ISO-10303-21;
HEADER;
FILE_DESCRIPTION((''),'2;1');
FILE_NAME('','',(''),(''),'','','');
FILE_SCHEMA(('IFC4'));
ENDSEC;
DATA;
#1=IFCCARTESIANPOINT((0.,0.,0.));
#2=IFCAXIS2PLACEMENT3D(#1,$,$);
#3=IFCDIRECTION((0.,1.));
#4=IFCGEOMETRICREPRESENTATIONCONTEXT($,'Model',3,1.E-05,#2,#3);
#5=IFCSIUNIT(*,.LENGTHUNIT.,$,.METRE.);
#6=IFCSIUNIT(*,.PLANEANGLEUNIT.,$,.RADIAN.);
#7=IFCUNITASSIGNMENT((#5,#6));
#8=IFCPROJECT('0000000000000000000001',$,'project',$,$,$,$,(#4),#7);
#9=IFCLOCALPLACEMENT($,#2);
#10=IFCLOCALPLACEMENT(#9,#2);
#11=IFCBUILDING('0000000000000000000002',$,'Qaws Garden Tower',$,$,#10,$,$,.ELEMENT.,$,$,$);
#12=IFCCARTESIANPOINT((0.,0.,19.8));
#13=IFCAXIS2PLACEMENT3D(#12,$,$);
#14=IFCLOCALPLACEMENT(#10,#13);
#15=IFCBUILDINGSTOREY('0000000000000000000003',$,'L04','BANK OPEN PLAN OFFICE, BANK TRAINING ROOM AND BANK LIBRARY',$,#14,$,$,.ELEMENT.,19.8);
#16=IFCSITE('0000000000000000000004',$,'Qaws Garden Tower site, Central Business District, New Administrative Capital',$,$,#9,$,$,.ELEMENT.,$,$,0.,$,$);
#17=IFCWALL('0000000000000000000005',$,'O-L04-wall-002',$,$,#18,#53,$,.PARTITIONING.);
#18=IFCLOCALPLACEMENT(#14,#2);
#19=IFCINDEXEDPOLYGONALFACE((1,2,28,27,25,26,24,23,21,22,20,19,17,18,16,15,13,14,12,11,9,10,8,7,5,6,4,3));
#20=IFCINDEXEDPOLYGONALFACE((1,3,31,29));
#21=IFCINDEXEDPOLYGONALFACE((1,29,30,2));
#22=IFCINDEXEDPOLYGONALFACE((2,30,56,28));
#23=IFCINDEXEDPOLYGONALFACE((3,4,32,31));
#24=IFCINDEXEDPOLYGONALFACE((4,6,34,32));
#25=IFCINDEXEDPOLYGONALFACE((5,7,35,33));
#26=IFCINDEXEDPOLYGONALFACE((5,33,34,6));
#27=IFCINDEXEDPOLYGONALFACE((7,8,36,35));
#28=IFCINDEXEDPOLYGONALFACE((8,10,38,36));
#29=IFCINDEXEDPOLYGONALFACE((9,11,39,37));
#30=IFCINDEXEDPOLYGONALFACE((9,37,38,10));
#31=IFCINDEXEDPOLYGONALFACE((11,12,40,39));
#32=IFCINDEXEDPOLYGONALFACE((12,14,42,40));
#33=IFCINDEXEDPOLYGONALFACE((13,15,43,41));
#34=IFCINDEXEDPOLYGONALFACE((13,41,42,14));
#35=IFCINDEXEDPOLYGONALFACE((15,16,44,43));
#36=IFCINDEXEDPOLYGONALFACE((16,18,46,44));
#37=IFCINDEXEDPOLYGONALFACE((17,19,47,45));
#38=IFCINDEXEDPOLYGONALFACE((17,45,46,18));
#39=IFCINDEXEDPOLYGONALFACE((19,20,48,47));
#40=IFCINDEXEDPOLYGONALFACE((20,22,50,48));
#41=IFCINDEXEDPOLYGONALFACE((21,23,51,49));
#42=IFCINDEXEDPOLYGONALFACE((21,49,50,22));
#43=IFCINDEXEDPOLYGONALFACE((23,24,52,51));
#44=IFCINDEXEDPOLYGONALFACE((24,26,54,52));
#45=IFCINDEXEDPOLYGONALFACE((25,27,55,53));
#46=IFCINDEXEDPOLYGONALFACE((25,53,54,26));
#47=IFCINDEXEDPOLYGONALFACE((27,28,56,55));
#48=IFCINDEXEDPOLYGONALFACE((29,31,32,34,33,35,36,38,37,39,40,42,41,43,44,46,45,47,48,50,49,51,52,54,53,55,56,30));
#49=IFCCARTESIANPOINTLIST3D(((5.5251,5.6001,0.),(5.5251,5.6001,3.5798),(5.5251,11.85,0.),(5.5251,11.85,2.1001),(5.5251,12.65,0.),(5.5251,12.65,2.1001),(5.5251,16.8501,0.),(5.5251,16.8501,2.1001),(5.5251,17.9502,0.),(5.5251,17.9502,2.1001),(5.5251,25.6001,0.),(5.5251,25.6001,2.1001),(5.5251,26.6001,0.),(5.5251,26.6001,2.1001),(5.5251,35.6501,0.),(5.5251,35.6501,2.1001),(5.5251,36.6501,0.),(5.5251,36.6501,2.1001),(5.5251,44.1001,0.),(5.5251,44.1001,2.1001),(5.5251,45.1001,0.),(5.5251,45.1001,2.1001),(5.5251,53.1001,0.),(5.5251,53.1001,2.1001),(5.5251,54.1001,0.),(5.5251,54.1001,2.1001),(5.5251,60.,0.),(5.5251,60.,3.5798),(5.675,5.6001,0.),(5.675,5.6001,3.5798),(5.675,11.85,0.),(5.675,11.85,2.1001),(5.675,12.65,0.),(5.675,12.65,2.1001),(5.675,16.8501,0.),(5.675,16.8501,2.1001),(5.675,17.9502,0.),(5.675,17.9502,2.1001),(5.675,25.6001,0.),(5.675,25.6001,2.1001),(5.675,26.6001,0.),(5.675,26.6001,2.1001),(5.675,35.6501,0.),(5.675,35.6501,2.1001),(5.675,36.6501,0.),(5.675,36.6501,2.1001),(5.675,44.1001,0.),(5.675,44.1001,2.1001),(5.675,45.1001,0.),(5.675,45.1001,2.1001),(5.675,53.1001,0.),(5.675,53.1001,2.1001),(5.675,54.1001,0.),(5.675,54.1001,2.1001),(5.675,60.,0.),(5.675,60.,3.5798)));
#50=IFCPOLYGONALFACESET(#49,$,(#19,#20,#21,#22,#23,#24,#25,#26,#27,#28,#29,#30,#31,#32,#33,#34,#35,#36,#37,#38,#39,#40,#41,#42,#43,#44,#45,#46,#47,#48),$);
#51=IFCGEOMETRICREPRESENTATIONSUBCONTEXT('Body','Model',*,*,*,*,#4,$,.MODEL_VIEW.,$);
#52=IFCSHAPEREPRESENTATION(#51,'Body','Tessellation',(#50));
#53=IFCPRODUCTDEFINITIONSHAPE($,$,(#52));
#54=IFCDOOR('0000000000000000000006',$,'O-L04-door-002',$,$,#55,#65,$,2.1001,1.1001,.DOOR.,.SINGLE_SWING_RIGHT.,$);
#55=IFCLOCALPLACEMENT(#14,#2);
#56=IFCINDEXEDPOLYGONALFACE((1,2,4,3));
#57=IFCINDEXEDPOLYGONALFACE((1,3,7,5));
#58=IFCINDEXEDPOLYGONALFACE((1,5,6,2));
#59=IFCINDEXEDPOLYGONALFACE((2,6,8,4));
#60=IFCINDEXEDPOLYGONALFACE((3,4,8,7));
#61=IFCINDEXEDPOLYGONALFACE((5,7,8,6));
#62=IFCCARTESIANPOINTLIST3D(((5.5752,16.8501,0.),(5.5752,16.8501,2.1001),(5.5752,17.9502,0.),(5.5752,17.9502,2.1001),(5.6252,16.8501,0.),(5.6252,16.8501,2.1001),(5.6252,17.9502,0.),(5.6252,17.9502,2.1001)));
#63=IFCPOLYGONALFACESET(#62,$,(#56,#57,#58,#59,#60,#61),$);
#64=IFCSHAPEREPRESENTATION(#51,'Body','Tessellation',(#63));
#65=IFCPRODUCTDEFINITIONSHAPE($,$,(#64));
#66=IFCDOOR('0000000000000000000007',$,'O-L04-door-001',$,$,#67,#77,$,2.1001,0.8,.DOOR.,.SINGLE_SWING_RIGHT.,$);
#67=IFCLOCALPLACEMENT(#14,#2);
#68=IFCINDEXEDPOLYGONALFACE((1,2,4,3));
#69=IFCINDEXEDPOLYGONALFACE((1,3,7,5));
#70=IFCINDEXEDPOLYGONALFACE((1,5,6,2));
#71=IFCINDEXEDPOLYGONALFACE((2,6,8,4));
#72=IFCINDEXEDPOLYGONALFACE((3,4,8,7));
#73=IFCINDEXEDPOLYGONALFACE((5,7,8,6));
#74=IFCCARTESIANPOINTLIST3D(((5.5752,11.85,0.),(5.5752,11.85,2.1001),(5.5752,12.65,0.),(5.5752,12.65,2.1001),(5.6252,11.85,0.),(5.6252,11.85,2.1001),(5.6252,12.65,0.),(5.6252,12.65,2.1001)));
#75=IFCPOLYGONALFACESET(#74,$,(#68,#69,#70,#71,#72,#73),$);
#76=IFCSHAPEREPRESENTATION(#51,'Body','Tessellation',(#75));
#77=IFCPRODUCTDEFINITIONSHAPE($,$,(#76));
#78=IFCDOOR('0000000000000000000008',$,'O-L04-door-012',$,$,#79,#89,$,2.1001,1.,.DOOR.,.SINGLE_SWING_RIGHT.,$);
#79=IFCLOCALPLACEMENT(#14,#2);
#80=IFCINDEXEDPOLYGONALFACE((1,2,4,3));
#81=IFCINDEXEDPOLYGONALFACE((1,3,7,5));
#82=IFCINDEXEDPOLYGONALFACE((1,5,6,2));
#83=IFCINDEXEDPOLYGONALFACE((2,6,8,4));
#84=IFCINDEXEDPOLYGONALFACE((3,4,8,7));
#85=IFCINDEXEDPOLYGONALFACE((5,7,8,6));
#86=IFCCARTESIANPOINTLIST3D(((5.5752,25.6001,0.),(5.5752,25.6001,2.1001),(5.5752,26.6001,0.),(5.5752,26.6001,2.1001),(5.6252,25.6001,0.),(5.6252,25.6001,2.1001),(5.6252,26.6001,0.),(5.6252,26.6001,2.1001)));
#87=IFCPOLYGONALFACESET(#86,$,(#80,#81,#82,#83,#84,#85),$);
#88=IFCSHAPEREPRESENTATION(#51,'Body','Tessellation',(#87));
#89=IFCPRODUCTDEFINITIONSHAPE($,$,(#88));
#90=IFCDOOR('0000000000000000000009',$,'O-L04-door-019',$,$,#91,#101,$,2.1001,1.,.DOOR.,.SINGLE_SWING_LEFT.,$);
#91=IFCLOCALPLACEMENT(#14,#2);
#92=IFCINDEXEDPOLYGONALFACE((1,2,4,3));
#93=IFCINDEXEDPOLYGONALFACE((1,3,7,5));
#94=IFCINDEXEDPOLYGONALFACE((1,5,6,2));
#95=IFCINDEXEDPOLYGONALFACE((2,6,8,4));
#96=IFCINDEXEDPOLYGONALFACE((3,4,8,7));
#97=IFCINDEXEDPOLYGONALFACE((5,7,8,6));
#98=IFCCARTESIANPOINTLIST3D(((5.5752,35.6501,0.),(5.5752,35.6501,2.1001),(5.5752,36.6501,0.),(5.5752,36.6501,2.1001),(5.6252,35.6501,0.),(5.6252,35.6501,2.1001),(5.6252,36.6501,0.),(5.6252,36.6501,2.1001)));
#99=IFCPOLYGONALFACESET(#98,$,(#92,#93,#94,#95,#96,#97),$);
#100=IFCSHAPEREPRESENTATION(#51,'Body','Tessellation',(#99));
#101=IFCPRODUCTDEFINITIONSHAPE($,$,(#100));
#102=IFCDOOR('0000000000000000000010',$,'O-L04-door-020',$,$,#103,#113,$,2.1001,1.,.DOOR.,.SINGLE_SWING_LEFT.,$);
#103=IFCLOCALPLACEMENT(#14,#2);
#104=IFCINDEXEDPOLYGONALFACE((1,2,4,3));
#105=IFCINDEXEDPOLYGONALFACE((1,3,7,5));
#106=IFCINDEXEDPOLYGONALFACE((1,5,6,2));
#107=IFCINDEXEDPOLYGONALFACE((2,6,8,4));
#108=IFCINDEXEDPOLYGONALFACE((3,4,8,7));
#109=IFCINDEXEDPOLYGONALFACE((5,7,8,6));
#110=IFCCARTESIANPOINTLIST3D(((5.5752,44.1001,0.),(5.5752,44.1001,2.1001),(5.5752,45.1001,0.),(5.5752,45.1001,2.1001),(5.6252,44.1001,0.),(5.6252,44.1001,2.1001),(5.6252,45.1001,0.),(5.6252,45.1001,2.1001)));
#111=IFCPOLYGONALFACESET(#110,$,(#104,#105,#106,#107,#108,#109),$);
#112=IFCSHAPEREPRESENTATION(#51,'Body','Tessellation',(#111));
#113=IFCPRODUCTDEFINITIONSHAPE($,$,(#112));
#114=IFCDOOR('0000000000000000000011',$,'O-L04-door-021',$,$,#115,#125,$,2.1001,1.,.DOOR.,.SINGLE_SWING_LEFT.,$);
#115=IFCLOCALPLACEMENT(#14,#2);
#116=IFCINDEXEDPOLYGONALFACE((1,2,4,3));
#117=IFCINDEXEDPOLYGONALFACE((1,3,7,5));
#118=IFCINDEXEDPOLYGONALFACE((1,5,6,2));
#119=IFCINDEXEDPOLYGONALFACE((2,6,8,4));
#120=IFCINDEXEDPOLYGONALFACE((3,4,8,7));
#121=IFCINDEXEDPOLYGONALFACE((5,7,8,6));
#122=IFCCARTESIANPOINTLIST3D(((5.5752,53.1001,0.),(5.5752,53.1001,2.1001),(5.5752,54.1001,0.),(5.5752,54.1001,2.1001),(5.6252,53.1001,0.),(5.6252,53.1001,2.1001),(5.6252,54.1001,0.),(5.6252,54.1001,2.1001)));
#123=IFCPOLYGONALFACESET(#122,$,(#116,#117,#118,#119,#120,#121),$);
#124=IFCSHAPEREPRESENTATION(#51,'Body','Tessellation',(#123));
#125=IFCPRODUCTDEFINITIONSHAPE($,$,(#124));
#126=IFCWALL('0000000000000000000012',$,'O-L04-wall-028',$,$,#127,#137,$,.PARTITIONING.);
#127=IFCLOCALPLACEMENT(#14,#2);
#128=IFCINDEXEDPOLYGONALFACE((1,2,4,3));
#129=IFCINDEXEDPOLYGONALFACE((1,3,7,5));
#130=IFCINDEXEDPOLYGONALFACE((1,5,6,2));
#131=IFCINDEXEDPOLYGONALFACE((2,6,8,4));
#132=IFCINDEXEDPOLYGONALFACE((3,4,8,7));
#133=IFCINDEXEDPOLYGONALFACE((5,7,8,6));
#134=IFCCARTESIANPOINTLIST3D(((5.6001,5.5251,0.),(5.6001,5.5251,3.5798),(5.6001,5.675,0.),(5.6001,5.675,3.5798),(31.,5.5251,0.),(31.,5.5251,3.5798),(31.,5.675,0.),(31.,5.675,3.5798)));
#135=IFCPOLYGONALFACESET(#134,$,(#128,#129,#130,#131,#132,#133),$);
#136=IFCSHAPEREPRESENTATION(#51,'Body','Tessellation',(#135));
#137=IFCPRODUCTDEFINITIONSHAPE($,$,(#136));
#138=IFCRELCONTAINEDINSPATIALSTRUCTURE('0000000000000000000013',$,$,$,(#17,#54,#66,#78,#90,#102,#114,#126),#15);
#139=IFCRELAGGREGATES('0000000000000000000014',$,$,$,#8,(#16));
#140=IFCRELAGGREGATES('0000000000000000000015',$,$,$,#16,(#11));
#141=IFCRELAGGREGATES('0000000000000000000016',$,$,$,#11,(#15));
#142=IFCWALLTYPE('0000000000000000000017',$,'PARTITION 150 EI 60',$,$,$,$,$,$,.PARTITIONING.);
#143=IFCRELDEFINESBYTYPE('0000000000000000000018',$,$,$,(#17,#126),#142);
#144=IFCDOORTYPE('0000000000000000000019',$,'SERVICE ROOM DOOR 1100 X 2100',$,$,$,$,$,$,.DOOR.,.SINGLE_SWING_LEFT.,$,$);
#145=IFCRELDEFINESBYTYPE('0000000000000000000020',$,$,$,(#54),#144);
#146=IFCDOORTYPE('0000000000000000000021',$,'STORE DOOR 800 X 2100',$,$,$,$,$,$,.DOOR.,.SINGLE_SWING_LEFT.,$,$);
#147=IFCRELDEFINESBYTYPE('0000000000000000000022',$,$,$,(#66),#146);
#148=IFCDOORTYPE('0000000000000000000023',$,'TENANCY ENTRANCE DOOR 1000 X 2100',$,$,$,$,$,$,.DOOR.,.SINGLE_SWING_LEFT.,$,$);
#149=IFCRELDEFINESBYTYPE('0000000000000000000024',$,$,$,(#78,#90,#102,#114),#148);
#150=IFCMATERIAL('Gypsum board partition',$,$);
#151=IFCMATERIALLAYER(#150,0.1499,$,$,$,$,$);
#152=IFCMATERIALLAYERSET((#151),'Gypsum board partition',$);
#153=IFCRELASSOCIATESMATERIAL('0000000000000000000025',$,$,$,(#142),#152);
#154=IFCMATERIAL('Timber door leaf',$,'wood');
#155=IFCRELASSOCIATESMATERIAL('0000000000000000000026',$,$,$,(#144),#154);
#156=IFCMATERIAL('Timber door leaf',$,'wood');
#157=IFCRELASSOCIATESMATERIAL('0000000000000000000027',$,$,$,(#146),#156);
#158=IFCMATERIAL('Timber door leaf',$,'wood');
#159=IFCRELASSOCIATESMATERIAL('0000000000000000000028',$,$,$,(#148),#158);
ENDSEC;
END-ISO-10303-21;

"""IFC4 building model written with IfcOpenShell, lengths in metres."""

from ifc_helpers import new_model, si_unit, direction, frame, frame_2d, origin, place, context, subcontext, project, spatial, rectangle, extrude, material, layer, layer_set, type_object, element, fill, save


model = new_model("IFC4")

# Units and contexts
model_context = context("Model", 3, precision=1e-05, world=origin(), true_north=direction((0.0, 1.0)))
body_context = subcontext(model_context, "Body", "Model", "MODEL_VIEW")
ifc_project = project(units=[si_unit("LENGTHUNIT", "METRE"), si_unit("PLANEANGLEUNIT", "RADIAN")], contexts=[model_context])

# Site, building, storey
site_placement = place(None, origin())
site = spatial("IfcSite", under=ifc_project, at=site_placement, Name="Qaws Garden Tower site, Central Business District, New Administrative Capital", CompositionType="ELEMENT", RefElevation=0.0)
building_placement = place(site_placement, origin())
building = spatial("IfcBuilding", under=site, at=building_placement, Name="Qaws Garden Tower", CompositionType="ELEMENT")
storey_placement = place(building_placement, frame((0.0, 0.0, 19.8)))
storey = spatial("IfcBuildingStorey", under=building, at=storey_placement, Name="L04", Description="BANK OPEN PLAN OFFICE, BANK TRAINING ROOM AND BANK LIBRARY", CompositionType="ELEMENT", Elevation=19.8)

# Wall, openings, doors
ifc_material_1 = material(Name="Gypsum board partition")
ifc_layer_1 = layer(ifc_material_1, 0.1499)
ifc_layer_set_1 = layer_set([ifc_layer_1], Name="Gypsum board partition")
wall_type_1 = type_object("IfcWallType", Name="PARTITION 150 EI 60", PredefinedType="PARTITIONING", material=ifc_layer_set_1)
wall_1_placement = place(storey_placement, frame((5.6001, 5.6001, 0.0), z_axis=(0.0, 0.0, 1.0), x_axis=(0.0, 1.0, 0.0)))
wall_1 = element("IfcWall", 1, at=wall_1_placement, inside=storey, type_object=wall_type_1, Name="O-L04-wall-002", PredefinedType="PARTITIONING", context=body_context, shape_type="SweptSolid", body=[
    extrude(rectangle(XDim=54.3999, YDim=0.1499, at=frame_2d((27.2, 0.0))), origin(), (0.0, 0.0, 1.0), 3.5798),
])
opening_1_placement = place(wall_1_placement, frame((6.25, 0.0, 0.0)))
opening_1 = element("IfcOpeningElement", 2, at=opening_1_placement, cuts=wall_1, PredefinedType="OPENING", context=body_context, shape_type="SweptSolid", body=[
    extrude(rectangle(XDim=0.8, YDim=2.1001, at=frame_2d((0.3999, 1.05))), frame((0.0, 0.085, 0.0), z_axis=(0.0, -1.0, 0.0), x_axis=(1.0, 0.0, 0.0)), (0.0, 0.0, 1.0), 0.1699),
])
opening_2_placement = place(wall_1_placement, frame((11.25, 0.0, 0.0)))
opening_2 = element("IfcOpeningElement", 3, at=opening_2_placement, cuts=wall_1, PredefinedType="OPENING", context=body_context, shape_type="SweptSolid", body=[
    extrude(rectangle(XDim=1.1001, YDim=2.1001, at=frame_2d((0.55, 1.05))), frame((0.0, 0.085, 0.0), z_axis=(0.0, -1.0, 0.0), x_axis=(1.0, 0.0, 0.0)), (0.0, 0.0, 1.0), 0.1699),
])
opening_3_placement = place(wall_1_placement, frame((20.0, 0.0, 0.0)))
opening_3 = element("IfcOpeningElement", 4, at=opening_3_placement, cuts=wall_1, PredefinedType="OPENING", context=body_context, shape_type="SweptSolid", body=[
    extrude(rectangle(XDim=1.0, YDim=2.1001, at=frame_2d((0.5, 1.05))), frame((0.0, 0.085, 0.0), z_axis=(0.0, -1.0, 0.0), x_axis=(1.0, 0.0, 0.0)), (0.0, 0.0, 1.0), 0.1699),
])
opening_4_placement = place(wall_1_placement, frame((30.05, 0.0, 0.0)))
opening_4 = element("IfcOpeningElement", 5, at=opening_4_placement, cuts=wall_1, PredefinedType="OPENING", context=body_context, shape_type="SweptSolid", body=[
    extrude(rectangle(XDim=1.0, YDim=2.1001, at=frame_2d((0.5, 1.05))), frame((0.0, 0.085, 0.0), z_axis=(0.0, -1.0, 0.0), x_axis=(1.0, 0.0, 0.0)), (0.0, 0.0, 1.0), 0.1699),
])
opening_5_placement = place(wall_1_placement, frame((38.5, 0.0, 0.0)))
opening_5 = element("IfcOpeningElement", 6, at=opening_5_placement, cuts=wall_1, PredefinedType="OPENING", context=body_context, shape_type="SweptSolid", body=[
    extrude(rectangle(XDim=1.0, YDim=2.1001, at=frame_2d((0.5, 1.05))), frame((0.0, 0.085, 0.0), z_axis=(0.0, -1.0, 0.0), x_axis=(1.0, 0.0, 0.0)), (0.0, 0.0, 1.0), 0.1699),
])
opening_6_placement = place(wall_1_placement, frame((47.5, 0.0, 0.0)))
opening_6 = element("IfcOpeningElement", 7, at=opening_6_placement, cuts=wall_1, PredefinedType="OPENING", context=body_context, shape_type="SweptSolid", body=[
    extrude(rectangle(XDim=1.0, YDim=2.1001, at=frame_2d((0.5, 1.05))), frame((0.0, 0.085, 0.0), z_axis=(0.0, -1.0, 0.0), x_axis=(1.0, 0.0, 0.0)), (0.0, 0.0, 1.0), 0.1699),
])
ifc_material_2 = material(Name="Timber door leaf", Category="wood")
door_type_1 = type_object("IfcDoorType", Name="SERVICE ROOM DOOR 1100 X 2100", OperationType="SINGLE_SWING_LEFT", PredefinedType="DOOR", material=ifc_material_2)
door_1_placement = place(opening_2_placement, origin())
door_1 = element("IfcDoor", 8, at=door_1_placement, inside=storey, type_object=door_type_1, Name="O-L04-door-002", OperationType="SINGLE_SWING_RIGHT", OverallHeight=2.1001, OverallWidth=1.1001, PredefinedType="DOOR", context=body_context, shape_type="SweptSolid", body=[
    extrude(rectangle(XDim=1.1001, YDim=2.1001, at=frame_2d((0.55, 1.05))), frame((0.0, 0.0249, 0.0), z_axis=(0.0, -1.0, 0.0), x_axis=(1.0, 0.0, 0.0)), (0.0, 0.0, 1.0), 0.05),
])
fill(opening_2, door_1)
ifc_material_3 = material(Name="Timber door leaf", Category="wood")
door_type_2 = type_object("IfcDoorType", Name="STORE DOOR 800 X 2100", OperationType="SINGLE_SWING_LEFT", PredefinedType="DOOR", material=ifc_material_3)
door_2_placement = place(opening_1_placement, origin())
door_2 = element("IfcDoor", 9, at=door_2_placement, inside=storey, type_object=door_type_2, Name="O-L04-door-001", OperationType="SINGLE_SWING_RIGHT", OverallHeight=2.1001, OverallWidth=0.8, PredefinedType="DOOR", context=body_context, shape_type="SweptSolid", body=[
    extrude(rectangle(XDim=0.8, YDim=2.1001, at=frame_2d((0.3999, 1.05))), frame((0.0, 0.0249, 0.0), z_axis=(0.0, -1.0, 0.0), x_axis=(1.0, 0.0, 0.0)), (0.0, 0.0, 1.0), 0.05),
])
fill(opening_1, door_2)
ifc_material_4 = material(Name="Timber door leaf", Category="wood")
door_type_3 = type_object("IfcDoorType", Name="TENANCY ENTRANCE DOOR 1000 X 2100", OperationType="SINGLE_SWING_LEFT", PredefinedType="DOOR", material=ifc_material_4)
door_3_placement = place(opening_3_placement, origin())
door_3 = element("IfcDoor", 10, at=door_3_placement, inside=storey, type_object=door_type_3, Name="O-L04-door-012", OperationType="SINGLE_SWING_RIGHT", OverallHeight=2.1001, OverallWidth=1.0, PredefinedType="DOOR", context=body_context, shape_type="SweptSolid", body=[
    extrude(rectangle(XDim=1.0, YDim=2.1001, at=frame_2d((0.5, 1.05))), frame((0.0, 0.0249, 0.0), z_axis=(0.0, -1.0, 0.0), x_axis=(1.0, 0.0, 0.0)), (0.0, 0.0, 1.0), 0.05),
])
fill(opening_3, door_3)
door_4_placement = place(opening_4_placement, origin())
door_4 = element("IfcDoor", 11, at=door_4_placement, inside=storey, type_object=door_type_3, Name="O-L04-door-019", OperationType="SINGLE_SWING_LEFT", OverallHeight=2.1001, OverallWidth=1.0, PredefinedType="DOOR", context=body_context, shape_type="SweptSolid", body=[
    extrude(rectangle(XDim=1.0, YDim=2.1001, at=frame_2d((0.5, 1.05))), frame((0.0, 0.0249, 0.0), z_axis=(0.0, -1.0, 0.0), x_axis=(1.0, 0.0, 0.0)), (0.0, 0.0, 1.0), 0.05),
])
fill(opening_4, door_4)
door_5_placement = place(opening_5_placement, origin())
door_5 = element("IfcDoor", 12, at=door_5_placement, inside=storey, type_object=door_type_3, Name="O-L04-door-020", OperationType="SINGLE_SWING_LEFT", OverallHeight=2.1001, OverallWidth=1.0, PredefinedType="DOOR", context=body_context, shape_type="SweptSolid", body=[
    extrude(rectangle(XDim=1.0, YDim=2.1001, at=frame_2d((0.5, 1.05))), frame((0.0, 0.0249, 0.0), z_axis=(0.0, -1.0, 0.0), x_axis=(1.0, 0.0, 0.0)), (0.0, 0.0, 1.0), 0.05),
])
fill(opening_5, door_5)
door_6_placement = place(opening_6_placement, origin())
door_6 = element("IfcDoor", 13, at=door_6_placement, inside=storey, type_object=door_type_3, Name="O-L04-door-021", OperationType="SINGLE_SWING_LEFT", OverallHeight=2.1001, OverallWidth=1.0, PredefinedType="DOOR", context=body_context, shape_type="SweptSolid", body=[
    extrude(rectangle(XDim=1.0, YDim=2.1001, at=frame_2d((0.5, 1.05))), frame((0.0, 0.0249, 0.0), z_axis=(0.0, -1.0, 0.0), x_axis=(1.0, 0.0, 0.0)), (0.0, 0.0, 1.0), 0.05),
])
fill(opening_6, door_6)

# Wall
wall_2_placement = place(storey_placement, frame((5.6001, 5.6001, 0.0), z_axis=(0.0, 0.0, 1.0), x_axis=(1.0, 0.0, 0.0)))
element("IfcWall", 14, at=wall_2_placement, inside=storey, type_object=wall_type_1, Name="O-L04-wall-028", PredefinedType="PARTITIONING", context=body_context, shape_type="SweptSolid", body=[
    extrude(rectangle(XDim=25.3999, YDim=0.1499, at=frame_2d((12.7, 0.0))), origin(), (0.0, 0.0, 1.0), 3.5798),
])

save(model, "model.ifc")
